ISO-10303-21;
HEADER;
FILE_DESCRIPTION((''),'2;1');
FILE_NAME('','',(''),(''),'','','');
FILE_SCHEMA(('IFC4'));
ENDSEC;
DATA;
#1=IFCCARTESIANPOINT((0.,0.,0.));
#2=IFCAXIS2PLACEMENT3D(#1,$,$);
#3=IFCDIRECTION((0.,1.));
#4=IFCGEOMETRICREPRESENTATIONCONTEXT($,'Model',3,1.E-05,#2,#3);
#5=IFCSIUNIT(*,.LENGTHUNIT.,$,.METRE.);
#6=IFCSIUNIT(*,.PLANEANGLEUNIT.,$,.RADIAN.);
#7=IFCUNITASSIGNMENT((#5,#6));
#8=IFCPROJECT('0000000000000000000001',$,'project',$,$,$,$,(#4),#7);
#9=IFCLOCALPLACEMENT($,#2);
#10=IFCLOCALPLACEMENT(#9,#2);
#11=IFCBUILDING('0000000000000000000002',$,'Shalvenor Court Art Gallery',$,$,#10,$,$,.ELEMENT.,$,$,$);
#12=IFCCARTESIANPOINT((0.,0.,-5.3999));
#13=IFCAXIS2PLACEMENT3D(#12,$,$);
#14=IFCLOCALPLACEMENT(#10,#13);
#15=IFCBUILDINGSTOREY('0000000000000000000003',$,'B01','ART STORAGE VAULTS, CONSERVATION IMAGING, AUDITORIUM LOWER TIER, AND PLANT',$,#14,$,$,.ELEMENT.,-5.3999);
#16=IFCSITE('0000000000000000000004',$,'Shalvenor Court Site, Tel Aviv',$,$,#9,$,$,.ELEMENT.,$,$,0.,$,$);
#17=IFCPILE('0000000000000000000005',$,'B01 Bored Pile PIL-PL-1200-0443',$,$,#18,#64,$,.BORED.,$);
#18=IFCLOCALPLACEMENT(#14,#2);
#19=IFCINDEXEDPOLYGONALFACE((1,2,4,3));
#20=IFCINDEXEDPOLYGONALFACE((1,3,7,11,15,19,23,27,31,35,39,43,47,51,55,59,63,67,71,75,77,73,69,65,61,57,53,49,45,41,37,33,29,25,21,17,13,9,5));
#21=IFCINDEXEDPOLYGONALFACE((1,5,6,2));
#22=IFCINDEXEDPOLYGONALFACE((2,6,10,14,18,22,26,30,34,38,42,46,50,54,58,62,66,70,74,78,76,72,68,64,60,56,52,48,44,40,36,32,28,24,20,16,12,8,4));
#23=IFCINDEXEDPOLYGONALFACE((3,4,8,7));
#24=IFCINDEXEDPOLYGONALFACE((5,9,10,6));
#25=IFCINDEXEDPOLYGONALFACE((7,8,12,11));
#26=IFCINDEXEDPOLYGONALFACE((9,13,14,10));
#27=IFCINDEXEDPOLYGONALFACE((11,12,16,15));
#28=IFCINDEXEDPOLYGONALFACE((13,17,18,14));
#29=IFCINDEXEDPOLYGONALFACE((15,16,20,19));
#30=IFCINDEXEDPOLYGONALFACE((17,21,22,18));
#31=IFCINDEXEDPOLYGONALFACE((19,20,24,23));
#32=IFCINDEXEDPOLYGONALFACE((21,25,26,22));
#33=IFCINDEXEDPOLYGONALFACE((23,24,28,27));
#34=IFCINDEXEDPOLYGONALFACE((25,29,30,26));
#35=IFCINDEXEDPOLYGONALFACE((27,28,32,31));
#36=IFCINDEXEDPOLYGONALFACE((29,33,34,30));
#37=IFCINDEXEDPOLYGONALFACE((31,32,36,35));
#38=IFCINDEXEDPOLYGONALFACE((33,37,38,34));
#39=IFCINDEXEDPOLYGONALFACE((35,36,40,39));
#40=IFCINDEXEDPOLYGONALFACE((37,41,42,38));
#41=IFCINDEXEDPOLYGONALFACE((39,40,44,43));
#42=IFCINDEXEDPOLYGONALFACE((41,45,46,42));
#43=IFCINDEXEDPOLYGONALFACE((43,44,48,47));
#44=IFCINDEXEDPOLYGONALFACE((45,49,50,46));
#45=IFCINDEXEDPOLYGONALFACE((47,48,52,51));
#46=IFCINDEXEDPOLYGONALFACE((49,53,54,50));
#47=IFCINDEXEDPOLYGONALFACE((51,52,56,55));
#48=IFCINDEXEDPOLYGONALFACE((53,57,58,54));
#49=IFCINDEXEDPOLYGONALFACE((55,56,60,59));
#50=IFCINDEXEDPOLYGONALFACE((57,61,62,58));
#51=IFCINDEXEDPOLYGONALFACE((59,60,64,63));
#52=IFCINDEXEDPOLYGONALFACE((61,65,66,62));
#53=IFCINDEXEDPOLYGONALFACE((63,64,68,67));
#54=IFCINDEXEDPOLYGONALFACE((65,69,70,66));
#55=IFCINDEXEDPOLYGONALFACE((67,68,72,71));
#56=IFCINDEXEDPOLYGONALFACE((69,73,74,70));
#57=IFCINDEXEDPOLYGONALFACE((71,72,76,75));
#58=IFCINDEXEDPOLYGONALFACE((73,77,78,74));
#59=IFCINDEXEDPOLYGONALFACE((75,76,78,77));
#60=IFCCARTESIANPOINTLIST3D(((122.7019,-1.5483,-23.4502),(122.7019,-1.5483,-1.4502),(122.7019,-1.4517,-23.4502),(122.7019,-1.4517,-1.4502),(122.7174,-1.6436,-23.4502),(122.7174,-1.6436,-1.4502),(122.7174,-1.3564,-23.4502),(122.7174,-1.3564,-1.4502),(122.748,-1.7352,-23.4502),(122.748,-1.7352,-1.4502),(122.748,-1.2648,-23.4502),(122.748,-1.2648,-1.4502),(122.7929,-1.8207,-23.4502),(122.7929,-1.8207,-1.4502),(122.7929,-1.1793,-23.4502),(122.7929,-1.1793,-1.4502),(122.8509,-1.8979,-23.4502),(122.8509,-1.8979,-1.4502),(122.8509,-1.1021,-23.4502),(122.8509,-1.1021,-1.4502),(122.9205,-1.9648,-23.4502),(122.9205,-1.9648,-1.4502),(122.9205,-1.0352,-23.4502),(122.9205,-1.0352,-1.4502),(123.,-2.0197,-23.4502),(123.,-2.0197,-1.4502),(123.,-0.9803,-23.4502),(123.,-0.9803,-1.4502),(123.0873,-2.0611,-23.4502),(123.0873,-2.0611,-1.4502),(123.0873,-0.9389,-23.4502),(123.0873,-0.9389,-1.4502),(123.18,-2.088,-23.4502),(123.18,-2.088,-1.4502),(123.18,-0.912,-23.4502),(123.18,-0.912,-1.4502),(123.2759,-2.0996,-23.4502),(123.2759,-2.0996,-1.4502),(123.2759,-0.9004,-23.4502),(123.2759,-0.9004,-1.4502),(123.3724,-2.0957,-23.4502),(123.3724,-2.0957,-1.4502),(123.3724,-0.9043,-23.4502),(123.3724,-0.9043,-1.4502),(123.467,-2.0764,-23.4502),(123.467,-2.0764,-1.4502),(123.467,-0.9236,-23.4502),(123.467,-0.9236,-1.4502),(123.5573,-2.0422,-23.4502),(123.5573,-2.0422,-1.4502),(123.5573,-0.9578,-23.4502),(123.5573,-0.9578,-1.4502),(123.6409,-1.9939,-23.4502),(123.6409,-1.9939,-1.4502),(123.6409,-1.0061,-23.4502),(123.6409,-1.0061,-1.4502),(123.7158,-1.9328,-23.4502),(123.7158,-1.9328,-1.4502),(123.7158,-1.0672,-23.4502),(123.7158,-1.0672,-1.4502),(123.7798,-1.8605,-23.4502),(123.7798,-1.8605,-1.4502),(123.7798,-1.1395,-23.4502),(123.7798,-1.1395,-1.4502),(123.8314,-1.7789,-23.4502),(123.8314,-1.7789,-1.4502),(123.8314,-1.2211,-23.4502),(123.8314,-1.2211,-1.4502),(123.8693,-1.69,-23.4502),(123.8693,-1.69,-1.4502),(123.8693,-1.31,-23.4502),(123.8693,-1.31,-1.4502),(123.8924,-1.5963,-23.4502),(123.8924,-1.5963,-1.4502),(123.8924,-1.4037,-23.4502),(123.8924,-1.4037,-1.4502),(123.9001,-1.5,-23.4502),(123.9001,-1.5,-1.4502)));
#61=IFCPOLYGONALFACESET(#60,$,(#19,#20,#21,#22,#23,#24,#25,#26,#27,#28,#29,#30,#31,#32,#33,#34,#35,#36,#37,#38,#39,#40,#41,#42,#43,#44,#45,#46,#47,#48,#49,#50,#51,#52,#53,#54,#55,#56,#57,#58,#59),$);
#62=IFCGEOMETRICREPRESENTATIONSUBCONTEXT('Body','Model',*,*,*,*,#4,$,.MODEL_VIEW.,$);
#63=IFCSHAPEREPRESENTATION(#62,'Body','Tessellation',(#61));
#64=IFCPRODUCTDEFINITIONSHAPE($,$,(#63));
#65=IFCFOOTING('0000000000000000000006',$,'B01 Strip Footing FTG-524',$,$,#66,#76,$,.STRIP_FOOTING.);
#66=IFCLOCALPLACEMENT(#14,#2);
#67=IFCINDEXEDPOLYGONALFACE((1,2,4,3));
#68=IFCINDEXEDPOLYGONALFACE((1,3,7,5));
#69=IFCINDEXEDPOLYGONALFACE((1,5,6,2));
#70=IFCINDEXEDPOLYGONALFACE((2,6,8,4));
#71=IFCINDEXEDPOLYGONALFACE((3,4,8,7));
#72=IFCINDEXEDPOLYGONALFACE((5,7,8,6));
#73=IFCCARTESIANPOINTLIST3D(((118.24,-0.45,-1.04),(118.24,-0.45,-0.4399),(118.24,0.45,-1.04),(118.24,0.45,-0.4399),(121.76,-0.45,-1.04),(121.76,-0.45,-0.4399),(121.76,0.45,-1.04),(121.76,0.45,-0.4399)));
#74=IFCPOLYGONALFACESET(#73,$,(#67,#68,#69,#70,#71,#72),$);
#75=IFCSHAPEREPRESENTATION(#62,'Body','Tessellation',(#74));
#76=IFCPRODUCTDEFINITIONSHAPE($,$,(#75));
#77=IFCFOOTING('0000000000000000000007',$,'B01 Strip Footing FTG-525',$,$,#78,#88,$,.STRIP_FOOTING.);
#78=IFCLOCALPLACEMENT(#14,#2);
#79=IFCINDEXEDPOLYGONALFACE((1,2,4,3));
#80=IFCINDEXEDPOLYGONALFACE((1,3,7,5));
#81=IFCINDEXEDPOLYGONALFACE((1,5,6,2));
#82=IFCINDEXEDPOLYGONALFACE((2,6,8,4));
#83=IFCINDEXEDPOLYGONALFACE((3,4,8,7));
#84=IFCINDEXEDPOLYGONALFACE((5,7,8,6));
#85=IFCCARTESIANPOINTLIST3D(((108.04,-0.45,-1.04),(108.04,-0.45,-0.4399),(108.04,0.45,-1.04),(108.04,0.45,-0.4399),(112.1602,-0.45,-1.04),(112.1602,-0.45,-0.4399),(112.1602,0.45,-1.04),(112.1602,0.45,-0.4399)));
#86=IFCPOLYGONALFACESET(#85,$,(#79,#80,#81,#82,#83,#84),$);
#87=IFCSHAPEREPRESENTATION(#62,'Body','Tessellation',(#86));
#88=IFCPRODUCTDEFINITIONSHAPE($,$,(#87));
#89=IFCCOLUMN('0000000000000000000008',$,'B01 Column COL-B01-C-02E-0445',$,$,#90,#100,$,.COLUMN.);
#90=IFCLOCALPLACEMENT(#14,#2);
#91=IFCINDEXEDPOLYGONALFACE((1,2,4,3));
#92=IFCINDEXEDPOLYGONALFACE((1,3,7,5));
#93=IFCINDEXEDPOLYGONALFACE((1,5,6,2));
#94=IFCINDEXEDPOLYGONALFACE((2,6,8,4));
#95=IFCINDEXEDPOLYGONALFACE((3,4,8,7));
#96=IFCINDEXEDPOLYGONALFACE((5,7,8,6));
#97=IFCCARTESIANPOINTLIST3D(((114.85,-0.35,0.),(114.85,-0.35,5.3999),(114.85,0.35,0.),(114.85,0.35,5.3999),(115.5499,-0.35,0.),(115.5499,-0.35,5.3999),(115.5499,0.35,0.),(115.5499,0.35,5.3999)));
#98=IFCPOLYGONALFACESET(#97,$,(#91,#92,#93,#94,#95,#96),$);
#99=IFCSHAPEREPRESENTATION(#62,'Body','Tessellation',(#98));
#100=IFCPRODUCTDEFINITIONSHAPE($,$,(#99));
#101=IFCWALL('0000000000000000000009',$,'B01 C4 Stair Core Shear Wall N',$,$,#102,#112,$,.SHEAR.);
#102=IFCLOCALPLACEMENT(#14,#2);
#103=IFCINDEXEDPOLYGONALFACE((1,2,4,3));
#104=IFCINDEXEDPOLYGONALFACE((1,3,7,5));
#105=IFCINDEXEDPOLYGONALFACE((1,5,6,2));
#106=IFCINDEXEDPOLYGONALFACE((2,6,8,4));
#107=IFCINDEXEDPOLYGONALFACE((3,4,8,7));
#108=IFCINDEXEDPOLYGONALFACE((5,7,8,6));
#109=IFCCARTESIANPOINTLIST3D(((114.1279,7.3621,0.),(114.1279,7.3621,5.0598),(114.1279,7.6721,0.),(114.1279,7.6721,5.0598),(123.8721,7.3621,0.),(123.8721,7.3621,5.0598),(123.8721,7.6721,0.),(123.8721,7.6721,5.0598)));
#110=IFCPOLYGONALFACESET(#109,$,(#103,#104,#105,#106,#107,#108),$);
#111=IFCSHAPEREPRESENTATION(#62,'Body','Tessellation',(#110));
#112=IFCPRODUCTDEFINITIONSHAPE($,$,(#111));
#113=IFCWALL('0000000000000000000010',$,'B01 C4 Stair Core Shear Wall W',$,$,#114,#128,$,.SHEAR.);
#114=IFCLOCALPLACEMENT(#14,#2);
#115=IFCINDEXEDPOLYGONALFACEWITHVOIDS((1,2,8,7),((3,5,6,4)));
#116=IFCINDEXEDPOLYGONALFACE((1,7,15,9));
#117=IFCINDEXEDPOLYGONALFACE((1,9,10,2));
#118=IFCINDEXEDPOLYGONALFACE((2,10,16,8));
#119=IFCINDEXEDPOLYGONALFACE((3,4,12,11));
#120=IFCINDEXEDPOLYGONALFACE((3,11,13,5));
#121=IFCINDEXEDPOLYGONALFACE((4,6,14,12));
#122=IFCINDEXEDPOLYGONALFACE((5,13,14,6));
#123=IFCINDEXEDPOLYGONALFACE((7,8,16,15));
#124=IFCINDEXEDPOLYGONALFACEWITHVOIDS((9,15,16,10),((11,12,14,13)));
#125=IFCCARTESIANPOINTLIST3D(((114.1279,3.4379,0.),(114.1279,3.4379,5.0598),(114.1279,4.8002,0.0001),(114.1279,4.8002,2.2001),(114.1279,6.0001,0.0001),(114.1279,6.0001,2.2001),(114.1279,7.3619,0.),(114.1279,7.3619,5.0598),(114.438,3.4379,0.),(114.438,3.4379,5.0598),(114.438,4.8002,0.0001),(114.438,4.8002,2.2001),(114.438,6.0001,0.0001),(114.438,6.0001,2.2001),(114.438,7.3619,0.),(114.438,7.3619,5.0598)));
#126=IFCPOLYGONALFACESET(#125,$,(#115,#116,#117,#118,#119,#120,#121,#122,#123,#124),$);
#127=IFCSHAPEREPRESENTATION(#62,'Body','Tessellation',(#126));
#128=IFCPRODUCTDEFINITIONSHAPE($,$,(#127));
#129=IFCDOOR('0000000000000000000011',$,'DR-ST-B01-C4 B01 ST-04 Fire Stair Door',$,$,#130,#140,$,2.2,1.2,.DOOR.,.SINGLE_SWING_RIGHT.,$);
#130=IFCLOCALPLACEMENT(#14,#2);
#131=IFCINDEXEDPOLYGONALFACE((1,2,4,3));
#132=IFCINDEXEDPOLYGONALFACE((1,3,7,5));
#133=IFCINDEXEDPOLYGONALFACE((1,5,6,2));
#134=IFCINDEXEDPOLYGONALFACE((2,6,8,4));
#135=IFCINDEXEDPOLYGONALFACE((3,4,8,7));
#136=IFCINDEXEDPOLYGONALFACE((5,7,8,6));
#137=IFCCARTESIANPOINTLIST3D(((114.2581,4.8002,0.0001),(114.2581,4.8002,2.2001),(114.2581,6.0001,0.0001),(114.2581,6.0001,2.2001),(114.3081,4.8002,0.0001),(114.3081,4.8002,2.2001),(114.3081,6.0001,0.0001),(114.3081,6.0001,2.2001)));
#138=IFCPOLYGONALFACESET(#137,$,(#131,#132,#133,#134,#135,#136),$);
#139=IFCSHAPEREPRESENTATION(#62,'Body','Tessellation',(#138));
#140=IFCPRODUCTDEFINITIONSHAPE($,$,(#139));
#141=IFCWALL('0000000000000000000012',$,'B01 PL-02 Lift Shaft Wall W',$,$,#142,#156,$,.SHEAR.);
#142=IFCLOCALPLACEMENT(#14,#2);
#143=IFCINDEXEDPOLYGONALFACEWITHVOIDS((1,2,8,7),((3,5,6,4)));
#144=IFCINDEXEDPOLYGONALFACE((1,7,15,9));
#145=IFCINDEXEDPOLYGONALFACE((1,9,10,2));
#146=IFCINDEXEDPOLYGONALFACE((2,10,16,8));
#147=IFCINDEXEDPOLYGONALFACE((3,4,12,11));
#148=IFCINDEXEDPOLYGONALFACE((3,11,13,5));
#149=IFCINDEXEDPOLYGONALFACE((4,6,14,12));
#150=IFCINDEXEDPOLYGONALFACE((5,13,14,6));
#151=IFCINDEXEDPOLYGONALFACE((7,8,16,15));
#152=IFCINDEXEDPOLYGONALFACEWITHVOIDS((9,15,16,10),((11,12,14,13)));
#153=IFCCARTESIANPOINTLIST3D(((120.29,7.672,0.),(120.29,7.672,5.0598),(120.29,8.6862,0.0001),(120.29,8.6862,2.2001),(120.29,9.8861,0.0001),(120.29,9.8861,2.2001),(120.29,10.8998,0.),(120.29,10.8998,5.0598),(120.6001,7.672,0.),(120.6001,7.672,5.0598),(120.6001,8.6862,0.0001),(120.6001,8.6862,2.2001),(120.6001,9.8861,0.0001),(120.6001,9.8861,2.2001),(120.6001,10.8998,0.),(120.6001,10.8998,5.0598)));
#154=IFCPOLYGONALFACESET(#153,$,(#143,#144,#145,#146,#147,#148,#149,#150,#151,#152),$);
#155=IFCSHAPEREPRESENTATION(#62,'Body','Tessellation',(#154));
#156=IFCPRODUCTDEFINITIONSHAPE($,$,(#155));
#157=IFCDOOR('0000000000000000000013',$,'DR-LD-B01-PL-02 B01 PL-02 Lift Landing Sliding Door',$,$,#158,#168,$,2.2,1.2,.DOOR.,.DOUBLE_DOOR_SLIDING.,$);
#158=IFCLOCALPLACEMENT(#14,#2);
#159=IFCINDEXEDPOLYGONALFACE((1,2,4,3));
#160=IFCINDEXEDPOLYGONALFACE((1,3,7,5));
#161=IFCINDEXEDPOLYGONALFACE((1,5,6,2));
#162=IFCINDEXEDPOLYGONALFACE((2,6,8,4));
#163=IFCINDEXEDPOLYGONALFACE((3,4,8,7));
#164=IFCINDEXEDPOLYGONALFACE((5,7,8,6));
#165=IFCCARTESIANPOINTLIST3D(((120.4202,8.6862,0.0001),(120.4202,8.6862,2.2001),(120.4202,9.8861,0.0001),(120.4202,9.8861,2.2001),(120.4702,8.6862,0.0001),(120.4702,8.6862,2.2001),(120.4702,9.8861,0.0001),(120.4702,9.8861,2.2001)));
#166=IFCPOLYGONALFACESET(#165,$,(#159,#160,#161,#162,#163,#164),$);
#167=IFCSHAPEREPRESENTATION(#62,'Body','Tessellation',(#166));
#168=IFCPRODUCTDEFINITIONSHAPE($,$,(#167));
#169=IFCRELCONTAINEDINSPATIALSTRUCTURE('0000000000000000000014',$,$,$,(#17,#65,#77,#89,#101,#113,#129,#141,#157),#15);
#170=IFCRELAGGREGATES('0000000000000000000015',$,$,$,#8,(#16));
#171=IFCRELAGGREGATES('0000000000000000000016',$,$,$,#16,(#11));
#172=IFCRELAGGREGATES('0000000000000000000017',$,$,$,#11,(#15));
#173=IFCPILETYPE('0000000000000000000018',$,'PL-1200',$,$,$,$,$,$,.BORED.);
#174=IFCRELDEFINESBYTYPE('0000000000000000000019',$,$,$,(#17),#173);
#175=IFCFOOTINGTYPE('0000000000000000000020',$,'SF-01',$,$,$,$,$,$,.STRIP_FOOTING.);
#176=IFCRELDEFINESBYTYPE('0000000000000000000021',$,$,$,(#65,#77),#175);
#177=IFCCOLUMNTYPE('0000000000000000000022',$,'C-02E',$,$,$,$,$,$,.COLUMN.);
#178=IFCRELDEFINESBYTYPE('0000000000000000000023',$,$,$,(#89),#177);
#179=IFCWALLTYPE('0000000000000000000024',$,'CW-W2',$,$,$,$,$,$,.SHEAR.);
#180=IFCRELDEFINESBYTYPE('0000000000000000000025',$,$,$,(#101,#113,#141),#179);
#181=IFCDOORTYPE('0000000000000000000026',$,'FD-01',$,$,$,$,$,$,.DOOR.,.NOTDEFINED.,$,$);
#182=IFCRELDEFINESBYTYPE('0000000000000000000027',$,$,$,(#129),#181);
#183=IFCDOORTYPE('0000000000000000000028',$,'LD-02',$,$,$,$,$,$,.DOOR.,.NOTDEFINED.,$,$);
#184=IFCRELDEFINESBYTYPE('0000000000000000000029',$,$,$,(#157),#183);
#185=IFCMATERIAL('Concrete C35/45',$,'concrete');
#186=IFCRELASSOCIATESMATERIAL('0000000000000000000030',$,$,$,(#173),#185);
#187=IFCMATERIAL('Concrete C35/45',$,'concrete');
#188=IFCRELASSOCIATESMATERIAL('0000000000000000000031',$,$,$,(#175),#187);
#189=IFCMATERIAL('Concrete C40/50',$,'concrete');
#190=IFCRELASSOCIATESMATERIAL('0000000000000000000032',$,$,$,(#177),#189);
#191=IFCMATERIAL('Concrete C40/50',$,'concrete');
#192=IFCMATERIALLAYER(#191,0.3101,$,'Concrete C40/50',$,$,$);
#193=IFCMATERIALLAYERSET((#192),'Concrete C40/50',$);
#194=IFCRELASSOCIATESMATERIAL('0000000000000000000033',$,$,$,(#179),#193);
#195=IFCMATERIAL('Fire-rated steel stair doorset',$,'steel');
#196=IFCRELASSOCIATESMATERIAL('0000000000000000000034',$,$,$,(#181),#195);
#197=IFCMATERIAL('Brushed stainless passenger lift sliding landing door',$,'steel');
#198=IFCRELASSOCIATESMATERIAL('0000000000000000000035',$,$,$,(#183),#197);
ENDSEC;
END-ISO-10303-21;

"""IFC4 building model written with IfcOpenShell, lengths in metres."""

from ifc_helpers import new_model, si_unit, direction, frame, frame_2d, origin, origin_2d, place, context, subcontext, project, spatial, rectangle, circle, extrude, material, layer, layer_set, material_profile, profile_set, type_object, element, fill, save


model = new_model("IFC4")

# Units and contexts
model_context = context("Model", 3, precision=1e-05, world=origin(), true_north=direction((0.0, 1.0)))
body_context = subcontext(model_context, "Body", "Model", "MODEL_VIEW")
ifc_project = project(units=[si_unit("LENGTHUNIT", "METRE"), si_unit("PLANEANGLEUNIT", "RADIAN")], contexts=[model_context])

# Site, building, storey
site_placement = place(None, origin())
site = spatial("IfcSite", under=ifc_project, at=site_placement, Name="Shalvenor Court Site, Tel Aviv", CompositionType="ELEMENT", RefElevation=0.0)
building_placement = place(site_placement, origin())
building = spatial("IfcBuilding", under=site, at=building_placement, Name="Shalvenor Court Art Gallery", CompositionType="ELEMENT")
storey_placement = place(building_placement, frame((0.0, 0.0, -5.3999)))
storey = spatial("IfcBuildingStorey", under=building, at=storey_placement, Name="B01", Description="ART STORAGE VAULTS, CONSERVATION IMAGING, AUDITORIUM LOWER TIER, AND PLANT", CompositionType="ELEMENT", Elevation=-5.3999)

# Pile
ifc_material_1 = material(Name="Concrete C35/45", Category="concrete")
ifc_material_profile_1 = material_profile(ifc_material_1, circle(Radius=0.6001, at=origin_2d()), Name="PILE 1200")
ifc_profile_set_1 = profile_set([ifc_material_profile_1], Name="Concrete C35/45")
pile_type = type_object("IfcPileType", Name="PL-1200", PredefinedType="BORED", material=ifc_profile_set_1)
for number, where, z_axis, x_axis, name in (
    (1, (123.3, -1.5, -1.4502), (0.0, 0.0, -1.0), (1.0, 0.0, 0.0), "B01 Bored Pile PIL-PL-1200-0443"),
):
    element("IfcPile", number, at=place(storey_placement, frame(where, z_axis=z_axis, x_axis=x_axis)), inside=storey, type_object=pile_type, Name=name, PredefinedType="BORED", context=body_context, shape_type="SweptSolid", body=[
        extrude(circle(Radius=0.6001, at=origin_2d()), origin(), (0.0, 0.0, 1.0), 22.0),
    ])

# Footings
ifc_material_2 = material(Name="Concrete C35/45", Category="concrete")
footing_type_1 = type_object("IfcFootingType", Name="SF-01", PredefinedType="STRIP_FOOTING", material=ifc_material_2)
footing_1_placement = place(storey_placement, frame((120.0, 0.0, -1.04), z_axis=(0.0, 0.0, 1.0), x_axis=(1.0, 0.0, 0.0)))
element("IfcFooting", 2, at=footing_1_placement, inside=storey, type_object=footing_type_1, Name="B01 Strip Footing FTG-524", PredefinedType="STRIP_FOOTING", context=body_context, shape_type="SweptSolid", body=[
    extrude(rectangle(XDim=3.52, YDim=0.8999, at=origin_2d()), origin(), (0.0, 0.0, 1.0), 0.6001),
])
footing_2_placement = place(storey_placement, frame((110.1001, 0.0, -1.04), z_axis=(0.0, 0.0, 1.0), x_axis=(1.0, 0.0, 0.0)))
element("IfcFooting", 3, at=footing_2_placement, inside=storey, type_object=footing_type_1, Name="B01 Strip Footing FTG-525", PredefinedType="STRIP_FOOTING", context=body_context, shape_type="SweptSolid", body=[
    extrude(rectangle(XDim=4.1201, YDim=0.8999, at=origin_2d()), origin(), (0.0, 0.0, 1.0), 0.6001),
])

# Column
ifc_material_3 = material(Name="Concrete C40/50", Category="concrete")
ifc_material_profile_2 = material_profile(ifc_material_3, rectangle(XDim=0.7, YDim=0.7, at=origin_2d()), Name="RC 700x700")
ifc_profile_set_2 = profile_set([ifc_material_profile_2], Name="Concrete C40/50")
column_type = type_object("IfcColumnType", Name="C-02E", PredefinedType="COLUMN", material=ifc_profile_set_2)
column_placement = place(storey_placement, frame((115.2, 0.0, 0.0), z_axis=(0.0, 0.0, 1.0), x_axis=(1.0, 0.0, 0.0)))
element("IfcColumn", 4, at=column_placement, inside=storey, type_object=column_type, Name="B01 Column COL-B01-C-02E-0445", PredefinedType="COLUMN", context=body_context, shape_type="SweptSolid", body=[
    extrude(rectangle(XDim=0.7, YDim=0.7, at=origin_2d()), origin(), (0.0, 0.0, 1.0), 5.3999),
])

# Wall
ifc_material_4 = material(Name="Concrete C40/50", Category="concrete")
ifc_layer_1 = layer(ifc_material_4, 0.3101, Name="Concrete C40/50")
ifc_layer_set_1 = layer_set([ifc_layer_1], Name="Concrete C40/50")
wall_type_1 = type_object("IfcWallType", Name="CW-W2", PredefinedType="SHEAR", material=ifc_layer_set_1)
wall_1_placement = place(storey_placement, frame((114.1279, 7.5171, 0.0), z_axis=(0.0, 0.0, 1.0), x_axis=(1.0, 0.0, 0.0)))
element("IfcWall", 5, at=wall_1_placement, inside=storey, type_object=wall_type_1, Name="B01 C4 Stair Core Shear Wall N", PredefinedType="SHEAR", context=body_context, shape_type="SweptSolid", body=[
    extrude(rectangle(XDim=9.7441, YDim=0.3101, at=frame_2d((4.8721, 0.0))), origin(), (0.0, 0.0, 1.0), 5.0598),
])

# Walls, openings, doors
wall_2_placement = place(storey_placement, frame((114.283, 3.438, 0.0), z_axis=(0.0, 0.0, 1.0), x_axis=(0.0, 1.0, 0.0)))
wall_2 = element("IfcWall", 6, at=wall_2_placement, inside=storey, type_object=wall_type_1, Name="B01 C4 Stair Core Shear Wall W", PredefinedType="SHEAR", context=body_context, shape_type="SweptSolid", body=[
    extrude(rectangle(XDim=3.9241, YDim=0.3101, at=frame_2d((1.9619, 0.0))), origin(), (0.0, 0.0, 1.0), 5.0598),
])
opening_1_placement = place(wall_2_placement, frame((1.3621, 0.0, 0.0)))
opening_1 = element("IfcOpeningElement", 7, at=opening_1_placement, cuts=wall_2, PredefinedType="OPENING", context=body_context, shape_type="SweptSolid", body=[
    extrude(rectangle(XDim=1.2, YDim=2.2, at=frame_2d((0.6001, 1.1001))), frame((0.0, 0.165, 0.0), z_axis=(0.0, -1.0, 0.0), x_axis=(1.0, 0.0, 0.0)), (0.0, 0.0, 1.0), 0.3301),
])
ifc_material_5 = material(Name="Fire-rated steel stair doorset", Category="steel")
door_type_1 = type_object("IfcDoorType", Name="FD-01", OperationType="NOTDEFINED", PredefinedType="DOOR", material=ifc_material_5)
door_1_placement = place(opening_1_placement, origin())
door_1 = element("IfcDoor", 8, at=door_1_placement, inside=storey, type_object=door_type_1, Name="DR-ST-B01-C4 B01 ST-04 Fire Stair Door", OperationType="SINGLE_SWING_RIGHT", OverallHeight=2.2, OverallWidth=1.2, PredefinedType="DOOR", context=body_context, shape_type="SweptSolid", body=[
    extrude(rectangle(XDim=1.2, YDim=2.2, at=frame_2d((0.6001, 1.1001))), frame((0.0, 0.0249, 0.0), z_axis=(0.0, -1.0, 0.0), x_axis=(1.0, 0.0, 0.0)), (0.0, 0.0, 1.0), 0.05),
])
fill(opening_1, door_1)
wall_3_placement = place(storey_placement, frame((120.4451, 7.6721, 0.0), z_axis=(0.0, 0.0, 1.0), x_axis=(0.0, 1.0, 0.0)))
wall_3 = element("IfcWall", 9, at=wall_3_placement, inside=storey, type_object=wall_type_1, Name="B01 PL-02 Lift Shaft Wall W", PredefinedType="SHEAR", context=body_context, shape_type="SweptSolid", body=[
    extrude(rectangle(XDim=3.2278, YDim=0.3101, at=frame_2d((1.6138, 0.0))), origin(), (0.0, 0.0, 1.0), 5.0598),
])
opening_2_placement = place(wall_3_placement, frame((1.0139, 0.0, 0.0)))
opening_2 = element("IfcOpeningElement", 10, at=opening_2_placement, cuts=wall_3, PredefinedType="OPENING", context=body_context, shape_type="SweptSolid", body=[
    extrude(rectangle(XDim=1.2, YDim=2.2, at=frame_2d((0.6001, 1.1001))), frame((0.0, 0.165, 0.0), z_axis=(0.0, -1.0, 0.0), x_axis=(1.0, 0.0, 0.0)), (0.0, 0.0, 1.0), 0.3301),
])
ifc_material_6 = material(Name="Brushed stainless passenger lift sliding landing door", Category="steel")
door_type_2 = type_object("IfcDoorType", Name="LD-02", OperationType="NOTDEFINED", PredefinedType="DOOR", material=ifc_material_6)
door_2_placement = place(opening_2_placement, origin())
door_2 = element("IfcDoor", 11, at=door_2_placement, inside=storey, type_object=door_type_2, Name="DR-LD-B01-PL-02 B01 PL-02 Lift Landing Sliding Door", OperationType="DOUBLE_DOOR_SLIDING", OverallHeight=2.2, OverallWidth=1.2, PredefinedType="DOOR", context=body_context, shape_type="SweptSolid", body=[
    extrude(rectangle(XDim=1.2, YDim=2.2, at=frame_2d((0.6001, 1.1001))), frame((0.0, 0.0249, 0.0), z_axis=(0.0, -1.0, 0.0), x_axis=(1.0, 0.0, 0.0)), (0.0, 0.0, 1.0), 0.05),
])
fill(opening_2, door_2)

save(model, "model.ifc")
